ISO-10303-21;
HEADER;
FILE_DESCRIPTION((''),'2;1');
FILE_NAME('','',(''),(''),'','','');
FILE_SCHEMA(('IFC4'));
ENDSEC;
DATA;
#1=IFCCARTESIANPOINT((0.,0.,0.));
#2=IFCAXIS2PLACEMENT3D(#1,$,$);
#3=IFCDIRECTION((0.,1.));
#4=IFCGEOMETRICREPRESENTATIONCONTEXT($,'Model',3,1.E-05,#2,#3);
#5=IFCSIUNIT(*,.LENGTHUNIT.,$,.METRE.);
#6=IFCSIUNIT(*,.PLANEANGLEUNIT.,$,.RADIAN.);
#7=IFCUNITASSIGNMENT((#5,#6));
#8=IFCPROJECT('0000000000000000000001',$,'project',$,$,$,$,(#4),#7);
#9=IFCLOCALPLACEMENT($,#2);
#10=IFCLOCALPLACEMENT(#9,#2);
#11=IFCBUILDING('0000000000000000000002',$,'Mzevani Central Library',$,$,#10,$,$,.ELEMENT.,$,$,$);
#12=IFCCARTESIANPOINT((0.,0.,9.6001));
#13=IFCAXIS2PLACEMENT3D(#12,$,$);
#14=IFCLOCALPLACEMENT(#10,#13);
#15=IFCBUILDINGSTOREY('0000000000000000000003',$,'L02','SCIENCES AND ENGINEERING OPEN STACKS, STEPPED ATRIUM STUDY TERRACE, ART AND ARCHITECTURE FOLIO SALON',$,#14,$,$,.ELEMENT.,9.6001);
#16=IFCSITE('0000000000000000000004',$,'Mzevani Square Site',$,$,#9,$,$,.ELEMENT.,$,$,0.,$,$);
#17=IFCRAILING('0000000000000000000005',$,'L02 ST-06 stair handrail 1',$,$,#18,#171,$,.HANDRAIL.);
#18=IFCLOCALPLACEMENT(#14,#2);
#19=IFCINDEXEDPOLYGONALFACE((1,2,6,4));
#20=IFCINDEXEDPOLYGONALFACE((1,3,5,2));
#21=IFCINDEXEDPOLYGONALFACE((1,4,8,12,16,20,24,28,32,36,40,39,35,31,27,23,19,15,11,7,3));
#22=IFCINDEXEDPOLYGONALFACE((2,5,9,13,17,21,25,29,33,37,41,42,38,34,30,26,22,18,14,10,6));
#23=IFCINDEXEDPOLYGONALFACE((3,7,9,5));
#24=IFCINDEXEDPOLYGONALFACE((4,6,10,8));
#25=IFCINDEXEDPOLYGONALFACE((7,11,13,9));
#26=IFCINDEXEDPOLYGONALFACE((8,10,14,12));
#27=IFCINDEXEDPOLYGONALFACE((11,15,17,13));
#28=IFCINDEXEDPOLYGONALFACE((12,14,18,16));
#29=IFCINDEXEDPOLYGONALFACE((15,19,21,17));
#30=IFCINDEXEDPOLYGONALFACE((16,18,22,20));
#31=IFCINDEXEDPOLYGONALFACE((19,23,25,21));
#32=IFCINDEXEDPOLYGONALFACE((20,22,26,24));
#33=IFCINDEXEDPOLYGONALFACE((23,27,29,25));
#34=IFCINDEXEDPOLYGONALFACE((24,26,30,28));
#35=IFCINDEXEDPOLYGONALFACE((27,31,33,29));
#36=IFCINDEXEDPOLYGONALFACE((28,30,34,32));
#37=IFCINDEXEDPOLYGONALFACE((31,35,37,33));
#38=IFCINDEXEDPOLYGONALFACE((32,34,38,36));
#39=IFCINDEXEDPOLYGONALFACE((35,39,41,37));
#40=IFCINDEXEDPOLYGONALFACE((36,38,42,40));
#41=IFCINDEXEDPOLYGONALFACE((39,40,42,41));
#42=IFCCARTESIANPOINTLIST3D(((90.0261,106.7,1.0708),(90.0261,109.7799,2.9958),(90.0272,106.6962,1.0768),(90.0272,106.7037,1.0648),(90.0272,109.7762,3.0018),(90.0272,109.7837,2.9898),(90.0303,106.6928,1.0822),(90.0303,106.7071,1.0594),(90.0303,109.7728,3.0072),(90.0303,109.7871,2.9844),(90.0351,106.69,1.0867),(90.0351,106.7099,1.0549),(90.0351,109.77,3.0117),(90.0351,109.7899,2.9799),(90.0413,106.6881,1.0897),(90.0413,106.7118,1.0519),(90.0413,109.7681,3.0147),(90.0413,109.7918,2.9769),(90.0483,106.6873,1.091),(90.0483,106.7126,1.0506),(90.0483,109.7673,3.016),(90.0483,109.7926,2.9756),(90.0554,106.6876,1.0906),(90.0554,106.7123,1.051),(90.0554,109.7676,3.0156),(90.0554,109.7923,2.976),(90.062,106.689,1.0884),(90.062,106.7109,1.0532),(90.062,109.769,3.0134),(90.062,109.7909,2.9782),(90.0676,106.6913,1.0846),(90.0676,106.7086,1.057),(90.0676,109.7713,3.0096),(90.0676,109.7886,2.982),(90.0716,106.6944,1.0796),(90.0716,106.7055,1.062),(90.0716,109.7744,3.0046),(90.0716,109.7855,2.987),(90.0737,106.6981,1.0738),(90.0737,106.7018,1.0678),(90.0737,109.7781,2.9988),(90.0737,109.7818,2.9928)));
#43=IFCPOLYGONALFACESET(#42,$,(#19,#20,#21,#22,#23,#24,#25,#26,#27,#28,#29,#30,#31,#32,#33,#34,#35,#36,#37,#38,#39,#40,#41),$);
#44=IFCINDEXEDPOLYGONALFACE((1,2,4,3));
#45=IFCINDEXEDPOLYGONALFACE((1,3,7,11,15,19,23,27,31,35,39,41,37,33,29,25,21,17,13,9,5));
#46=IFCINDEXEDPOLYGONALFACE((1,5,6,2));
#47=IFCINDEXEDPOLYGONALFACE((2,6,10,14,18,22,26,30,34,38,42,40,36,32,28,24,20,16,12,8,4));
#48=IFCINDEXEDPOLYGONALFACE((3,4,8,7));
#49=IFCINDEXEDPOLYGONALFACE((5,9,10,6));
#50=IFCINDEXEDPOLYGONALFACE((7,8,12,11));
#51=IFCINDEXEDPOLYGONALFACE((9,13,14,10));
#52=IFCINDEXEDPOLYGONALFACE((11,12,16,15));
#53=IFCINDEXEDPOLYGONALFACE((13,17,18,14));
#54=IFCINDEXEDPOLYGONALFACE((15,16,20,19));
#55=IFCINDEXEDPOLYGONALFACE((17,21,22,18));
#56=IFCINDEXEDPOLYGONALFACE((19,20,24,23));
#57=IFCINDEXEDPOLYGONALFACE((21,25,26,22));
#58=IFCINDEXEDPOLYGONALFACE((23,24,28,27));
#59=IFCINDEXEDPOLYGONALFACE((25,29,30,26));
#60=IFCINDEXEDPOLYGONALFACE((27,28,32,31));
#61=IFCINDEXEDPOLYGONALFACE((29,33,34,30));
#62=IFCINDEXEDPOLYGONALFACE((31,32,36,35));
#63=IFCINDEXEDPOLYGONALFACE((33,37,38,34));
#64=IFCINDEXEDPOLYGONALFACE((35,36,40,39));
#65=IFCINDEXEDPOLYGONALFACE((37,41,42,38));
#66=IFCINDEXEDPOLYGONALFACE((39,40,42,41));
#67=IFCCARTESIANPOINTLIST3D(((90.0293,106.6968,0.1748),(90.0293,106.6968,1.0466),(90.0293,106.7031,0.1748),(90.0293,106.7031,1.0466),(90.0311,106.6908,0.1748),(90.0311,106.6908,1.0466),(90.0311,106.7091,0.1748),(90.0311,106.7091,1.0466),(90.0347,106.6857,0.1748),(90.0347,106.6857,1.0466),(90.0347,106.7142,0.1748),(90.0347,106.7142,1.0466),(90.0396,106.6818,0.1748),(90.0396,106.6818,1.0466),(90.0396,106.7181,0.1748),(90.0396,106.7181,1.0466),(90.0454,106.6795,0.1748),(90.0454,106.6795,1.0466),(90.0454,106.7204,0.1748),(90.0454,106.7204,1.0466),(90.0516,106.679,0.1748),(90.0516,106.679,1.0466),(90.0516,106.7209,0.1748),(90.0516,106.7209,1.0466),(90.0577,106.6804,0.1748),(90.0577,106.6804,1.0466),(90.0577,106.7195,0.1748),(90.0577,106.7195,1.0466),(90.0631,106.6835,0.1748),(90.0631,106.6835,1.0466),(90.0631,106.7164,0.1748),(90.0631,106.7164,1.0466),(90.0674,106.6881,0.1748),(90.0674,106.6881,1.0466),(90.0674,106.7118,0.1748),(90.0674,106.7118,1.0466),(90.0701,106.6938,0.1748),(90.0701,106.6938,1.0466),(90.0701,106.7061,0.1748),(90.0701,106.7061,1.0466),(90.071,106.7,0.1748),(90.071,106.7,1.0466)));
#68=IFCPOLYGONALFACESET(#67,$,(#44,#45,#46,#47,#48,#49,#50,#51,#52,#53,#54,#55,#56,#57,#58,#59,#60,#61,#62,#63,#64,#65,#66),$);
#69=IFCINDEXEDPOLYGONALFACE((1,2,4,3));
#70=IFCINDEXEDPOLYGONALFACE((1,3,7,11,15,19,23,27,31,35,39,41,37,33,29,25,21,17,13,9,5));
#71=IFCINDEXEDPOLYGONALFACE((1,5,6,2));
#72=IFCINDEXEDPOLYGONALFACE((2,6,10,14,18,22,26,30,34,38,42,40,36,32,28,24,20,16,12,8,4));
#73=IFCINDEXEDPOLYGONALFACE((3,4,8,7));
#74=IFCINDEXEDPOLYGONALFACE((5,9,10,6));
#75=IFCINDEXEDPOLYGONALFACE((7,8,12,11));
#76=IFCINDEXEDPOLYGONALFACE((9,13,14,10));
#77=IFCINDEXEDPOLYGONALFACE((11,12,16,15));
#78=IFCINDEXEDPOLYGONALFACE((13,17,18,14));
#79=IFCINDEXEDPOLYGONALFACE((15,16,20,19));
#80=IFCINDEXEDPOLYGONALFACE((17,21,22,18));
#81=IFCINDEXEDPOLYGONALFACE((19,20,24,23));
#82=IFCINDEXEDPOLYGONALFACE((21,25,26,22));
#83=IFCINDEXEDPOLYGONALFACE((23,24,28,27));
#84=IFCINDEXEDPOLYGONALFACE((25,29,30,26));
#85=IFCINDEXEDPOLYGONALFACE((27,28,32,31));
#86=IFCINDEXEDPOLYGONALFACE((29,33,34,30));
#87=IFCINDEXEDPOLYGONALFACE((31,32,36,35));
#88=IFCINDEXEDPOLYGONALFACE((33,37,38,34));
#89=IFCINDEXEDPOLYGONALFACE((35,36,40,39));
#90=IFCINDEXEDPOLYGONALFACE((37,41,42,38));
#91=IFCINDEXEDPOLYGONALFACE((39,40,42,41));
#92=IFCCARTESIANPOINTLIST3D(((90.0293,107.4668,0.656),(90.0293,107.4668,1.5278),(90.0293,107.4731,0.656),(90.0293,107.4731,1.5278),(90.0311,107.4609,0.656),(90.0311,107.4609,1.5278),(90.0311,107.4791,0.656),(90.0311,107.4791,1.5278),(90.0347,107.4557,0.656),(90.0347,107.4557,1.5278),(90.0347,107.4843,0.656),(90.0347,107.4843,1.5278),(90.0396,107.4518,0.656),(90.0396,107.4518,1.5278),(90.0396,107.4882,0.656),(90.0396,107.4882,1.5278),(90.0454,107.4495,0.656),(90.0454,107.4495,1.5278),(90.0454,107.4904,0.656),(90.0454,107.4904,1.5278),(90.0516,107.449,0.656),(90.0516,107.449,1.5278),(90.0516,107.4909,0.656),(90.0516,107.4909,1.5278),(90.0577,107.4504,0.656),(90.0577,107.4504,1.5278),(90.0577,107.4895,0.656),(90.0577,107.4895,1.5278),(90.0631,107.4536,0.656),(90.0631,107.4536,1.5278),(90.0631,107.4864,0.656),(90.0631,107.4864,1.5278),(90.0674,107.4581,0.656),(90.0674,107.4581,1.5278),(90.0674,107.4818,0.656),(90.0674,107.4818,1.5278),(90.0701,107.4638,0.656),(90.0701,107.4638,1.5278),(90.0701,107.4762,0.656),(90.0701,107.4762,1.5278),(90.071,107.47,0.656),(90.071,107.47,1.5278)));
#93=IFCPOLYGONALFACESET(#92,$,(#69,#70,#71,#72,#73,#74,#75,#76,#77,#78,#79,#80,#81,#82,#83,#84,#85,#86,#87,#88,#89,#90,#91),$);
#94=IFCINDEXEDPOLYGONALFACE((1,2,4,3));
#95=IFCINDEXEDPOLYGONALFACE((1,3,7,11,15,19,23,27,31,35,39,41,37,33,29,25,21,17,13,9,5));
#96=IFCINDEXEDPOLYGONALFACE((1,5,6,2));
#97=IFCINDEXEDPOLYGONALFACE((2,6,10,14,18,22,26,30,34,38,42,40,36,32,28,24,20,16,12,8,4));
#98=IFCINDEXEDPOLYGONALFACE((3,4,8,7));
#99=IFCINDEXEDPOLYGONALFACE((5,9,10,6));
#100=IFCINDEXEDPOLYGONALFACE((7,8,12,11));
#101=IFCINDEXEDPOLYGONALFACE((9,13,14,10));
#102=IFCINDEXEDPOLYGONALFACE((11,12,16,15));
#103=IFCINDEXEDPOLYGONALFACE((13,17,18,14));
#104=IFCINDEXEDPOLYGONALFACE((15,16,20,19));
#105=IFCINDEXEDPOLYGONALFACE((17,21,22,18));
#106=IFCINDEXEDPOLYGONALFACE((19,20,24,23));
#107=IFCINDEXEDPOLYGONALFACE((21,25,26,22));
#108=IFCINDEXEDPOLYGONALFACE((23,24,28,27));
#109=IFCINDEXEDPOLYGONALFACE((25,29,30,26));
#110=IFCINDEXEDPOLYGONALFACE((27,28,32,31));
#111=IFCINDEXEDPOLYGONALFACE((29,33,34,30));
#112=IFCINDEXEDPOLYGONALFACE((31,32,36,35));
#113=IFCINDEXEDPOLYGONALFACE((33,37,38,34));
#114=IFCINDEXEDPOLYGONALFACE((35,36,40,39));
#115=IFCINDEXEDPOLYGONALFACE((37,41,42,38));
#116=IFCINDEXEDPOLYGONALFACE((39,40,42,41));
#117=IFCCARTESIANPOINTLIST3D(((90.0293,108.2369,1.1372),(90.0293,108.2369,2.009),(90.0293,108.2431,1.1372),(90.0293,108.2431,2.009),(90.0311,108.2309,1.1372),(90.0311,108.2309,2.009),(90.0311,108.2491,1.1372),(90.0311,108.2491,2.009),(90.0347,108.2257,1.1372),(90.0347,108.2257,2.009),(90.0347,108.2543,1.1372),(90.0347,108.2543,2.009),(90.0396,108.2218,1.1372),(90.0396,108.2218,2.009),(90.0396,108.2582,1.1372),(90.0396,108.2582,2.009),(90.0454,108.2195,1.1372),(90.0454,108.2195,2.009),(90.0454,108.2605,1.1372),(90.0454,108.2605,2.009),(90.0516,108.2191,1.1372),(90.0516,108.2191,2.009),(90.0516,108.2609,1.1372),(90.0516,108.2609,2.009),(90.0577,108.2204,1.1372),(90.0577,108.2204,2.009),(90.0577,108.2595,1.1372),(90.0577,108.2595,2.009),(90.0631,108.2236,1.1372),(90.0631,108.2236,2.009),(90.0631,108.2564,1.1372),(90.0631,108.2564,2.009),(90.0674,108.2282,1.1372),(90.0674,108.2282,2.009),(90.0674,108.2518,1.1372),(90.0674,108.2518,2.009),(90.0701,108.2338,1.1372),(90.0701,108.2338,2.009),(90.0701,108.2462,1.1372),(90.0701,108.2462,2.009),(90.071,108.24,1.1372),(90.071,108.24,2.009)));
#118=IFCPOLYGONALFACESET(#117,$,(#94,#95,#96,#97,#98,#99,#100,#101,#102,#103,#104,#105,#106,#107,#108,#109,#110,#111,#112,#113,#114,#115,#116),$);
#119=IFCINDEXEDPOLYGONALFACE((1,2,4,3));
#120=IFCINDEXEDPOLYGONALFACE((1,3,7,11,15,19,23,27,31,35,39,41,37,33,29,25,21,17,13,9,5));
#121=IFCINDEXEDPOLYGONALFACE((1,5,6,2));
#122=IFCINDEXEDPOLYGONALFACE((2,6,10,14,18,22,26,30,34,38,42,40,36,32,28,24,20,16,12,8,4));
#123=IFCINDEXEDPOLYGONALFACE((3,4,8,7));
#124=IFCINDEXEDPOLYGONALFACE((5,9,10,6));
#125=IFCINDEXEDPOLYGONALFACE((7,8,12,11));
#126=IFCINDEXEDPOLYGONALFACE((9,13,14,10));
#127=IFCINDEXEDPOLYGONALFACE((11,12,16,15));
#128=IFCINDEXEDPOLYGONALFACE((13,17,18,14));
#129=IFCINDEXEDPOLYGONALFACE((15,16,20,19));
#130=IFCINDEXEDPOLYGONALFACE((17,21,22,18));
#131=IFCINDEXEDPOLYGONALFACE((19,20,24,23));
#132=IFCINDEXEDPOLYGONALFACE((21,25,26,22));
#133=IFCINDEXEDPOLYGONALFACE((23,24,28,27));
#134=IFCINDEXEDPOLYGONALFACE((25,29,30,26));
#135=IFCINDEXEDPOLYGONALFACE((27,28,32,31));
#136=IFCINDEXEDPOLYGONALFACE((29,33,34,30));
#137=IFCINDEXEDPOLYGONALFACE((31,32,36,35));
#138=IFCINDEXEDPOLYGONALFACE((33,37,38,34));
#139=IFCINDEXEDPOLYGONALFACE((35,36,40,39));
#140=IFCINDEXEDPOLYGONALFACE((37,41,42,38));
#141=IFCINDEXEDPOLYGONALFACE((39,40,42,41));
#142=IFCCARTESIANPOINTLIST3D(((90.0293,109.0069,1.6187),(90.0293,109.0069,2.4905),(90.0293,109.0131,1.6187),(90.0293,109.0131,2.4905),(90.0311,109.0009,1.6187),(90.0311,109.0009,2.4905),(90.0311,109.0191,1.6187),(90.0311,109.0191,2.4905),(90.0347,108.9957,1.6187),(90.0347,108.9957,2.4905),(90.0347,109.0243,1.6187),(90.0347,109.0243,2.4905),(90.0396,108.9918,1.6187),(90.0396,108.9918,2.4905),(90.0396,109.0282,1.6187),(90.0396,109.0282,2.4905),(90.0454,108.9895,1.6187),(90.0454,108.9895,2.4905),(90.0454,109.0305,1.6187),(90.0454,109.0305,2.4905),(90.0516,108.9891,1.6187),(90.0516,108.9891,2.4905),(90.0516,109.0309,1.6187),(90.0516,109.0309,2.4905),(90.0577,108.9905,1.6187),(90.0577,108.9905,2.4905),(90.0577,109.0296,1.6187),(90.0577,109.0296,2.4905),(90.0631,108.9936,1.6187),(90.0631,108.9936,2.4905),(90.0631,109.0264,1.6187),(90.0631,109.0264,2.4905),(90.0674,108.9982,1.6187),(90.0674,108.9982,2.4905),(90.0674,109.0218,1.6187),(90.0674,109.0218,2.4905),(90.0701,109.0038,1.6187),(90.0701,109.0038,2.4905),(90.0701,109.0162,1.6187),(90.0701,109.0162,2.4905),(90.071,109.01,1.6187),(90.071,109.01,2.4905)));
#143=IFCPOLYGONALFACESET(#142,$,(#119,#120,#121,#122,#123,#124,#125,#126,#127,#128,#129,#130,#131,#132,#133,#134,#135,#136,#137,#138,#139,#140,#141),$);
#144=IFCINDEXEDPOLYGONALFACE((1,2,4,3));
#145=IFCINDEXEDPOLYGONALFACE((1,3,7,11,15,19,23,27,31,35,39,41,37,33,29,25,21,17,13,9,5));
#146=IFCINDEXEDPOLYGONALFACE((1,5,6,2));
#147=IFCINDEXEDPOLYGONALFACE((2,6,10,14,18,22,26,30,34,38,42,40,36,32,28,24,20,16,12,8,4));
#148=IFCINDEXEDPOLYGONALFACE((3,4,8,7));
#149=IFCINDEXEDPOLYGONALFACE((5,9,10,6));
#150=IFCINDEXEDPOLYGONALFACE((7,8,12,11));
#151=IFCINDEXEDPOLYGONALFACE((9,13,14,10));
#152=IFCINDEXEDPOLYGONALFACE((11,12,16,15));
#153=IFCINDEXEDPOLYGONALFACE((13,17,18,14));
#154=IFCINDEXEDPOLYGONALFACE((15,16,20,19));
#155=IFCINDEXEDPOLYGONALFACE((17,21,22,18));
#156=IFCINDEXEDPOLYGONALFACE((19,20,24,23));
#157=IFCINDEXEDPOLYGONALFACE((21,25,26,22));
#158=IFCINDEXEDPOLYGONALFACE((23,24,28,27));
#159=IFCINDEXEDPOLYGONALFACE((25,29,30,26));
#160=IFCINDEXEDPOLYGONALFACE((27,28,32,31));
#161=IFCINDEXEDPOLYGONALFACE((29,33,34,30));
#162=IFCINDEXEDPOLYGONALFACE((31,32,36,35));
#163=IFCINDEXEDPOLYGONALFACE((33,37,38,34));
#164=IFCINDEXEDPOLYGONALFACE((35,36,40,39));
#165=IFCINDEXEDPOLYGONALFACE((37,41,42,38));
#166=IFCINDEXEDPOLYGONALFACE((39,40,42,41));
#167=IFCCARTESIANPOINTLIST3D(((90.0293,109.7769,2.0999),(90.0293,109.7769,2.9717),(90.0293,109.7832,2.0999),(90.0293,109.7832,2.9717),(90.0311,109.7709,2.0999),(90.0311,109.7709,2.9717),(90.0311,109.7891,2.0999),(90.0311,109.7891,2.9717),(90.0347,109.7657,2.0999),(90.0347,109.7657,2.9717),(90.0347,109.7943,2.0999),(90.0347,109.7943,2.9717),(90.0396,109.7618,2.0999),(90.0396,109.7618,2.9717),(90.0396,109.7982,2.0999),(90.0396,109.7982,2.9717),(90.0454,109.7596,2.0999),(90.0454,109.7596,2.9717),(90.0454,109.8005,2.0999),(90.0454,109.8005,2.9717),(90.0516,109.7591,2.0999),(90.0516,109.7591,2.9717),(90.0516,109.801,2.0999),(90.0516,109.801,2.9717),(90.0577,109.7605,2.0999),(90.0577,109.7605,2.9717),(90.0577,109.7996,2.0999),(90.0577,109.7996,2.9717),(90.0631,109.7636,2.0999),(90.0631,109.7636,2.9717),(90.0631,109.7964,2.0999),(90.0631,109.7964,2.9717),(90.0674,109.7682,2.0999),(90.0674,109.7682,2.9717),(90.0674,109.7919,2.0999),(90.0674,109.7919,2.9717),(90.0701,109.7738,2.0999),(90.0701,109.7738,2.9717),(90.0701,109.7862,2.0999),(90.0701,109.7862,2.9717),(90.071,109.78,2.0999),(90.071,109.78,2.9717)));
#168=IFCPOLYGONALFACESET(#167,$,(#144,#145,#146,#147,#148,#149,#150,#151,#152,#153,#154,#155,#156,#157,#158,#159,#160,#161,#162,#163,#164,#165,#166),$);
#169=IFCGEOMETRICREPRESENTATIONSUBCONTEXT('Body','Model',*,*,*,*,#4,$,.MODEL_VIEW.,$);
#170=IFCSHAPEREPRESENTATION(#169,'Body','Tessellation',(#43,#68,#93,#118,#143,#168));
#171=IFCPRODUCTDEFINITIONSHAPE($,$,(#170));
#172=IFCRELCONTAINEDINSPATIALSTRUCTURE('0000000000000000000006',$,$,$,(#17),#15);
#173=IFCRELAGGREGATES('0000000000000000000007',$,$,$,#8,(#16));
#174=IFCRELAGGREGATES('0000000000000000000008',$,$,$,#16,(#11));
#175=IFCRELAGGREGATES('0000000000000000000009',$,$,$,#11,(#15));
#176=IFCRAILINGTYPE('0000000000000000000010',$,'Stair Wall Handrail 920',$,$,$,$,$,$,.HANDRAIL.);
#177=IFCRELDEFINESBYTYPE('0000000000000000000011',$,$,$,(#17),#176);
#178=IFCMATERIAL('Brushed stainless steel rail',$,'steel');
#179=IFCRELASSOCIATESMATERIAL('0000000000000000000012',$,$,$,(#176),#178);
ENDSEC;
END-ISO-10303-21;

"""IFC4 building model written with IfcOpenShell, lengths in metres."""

from ifc_helpers import new_model, si_unit, direction, frame, origin, origin_2d, place, context, subcontext, project, spatial, circle, extrude, material, type_object, element, save


model = new_model("IFC4")

# Units and contexts
model_context = context("Model", 3, precision=1e-05, world=origin(), true_north=direction((0.0, 1.0)))
body_context = subcontext(model_context, "Body", "Model", "MODEL_VIEW")
ifc_project = project(units=[si_unit("LENGTHUNIT", "METRE"), si_unit("PLANEANGLEUNIT", "RADIAN")], contexts=[model_context])

# Site, building, storey
site_placement = place(None, origin())
site = spatial("IfcSite", under=ifc_project, at=site_placement, Name="Mzevani Square Site", CompositionType="ELEMENT", RefElevation=0.0)
building_placement = place(site_placement, origin())
building = spatial("IfcBuilding", under=site, at=building_placement, Name="Mzevani Central Library", CompositionType="ELEMENT")
storey_placement = place(building_placement, frame((0.0, 0.0, 9.6001)))
storey = spatial("IfcBuildingStorey", under=building, at=storey_placement, Name="L02", Description="SCIENCES AND ENGINEERING OPEN STACKS, STEPPED ATRIUM STUDY TERRACE, ART AND ARCHITECTURE FOLIO SALON", CompositionType="ELEMENT", Elevation=9.6001)

# Shared definitions
ifc_material_1 = material(Name="Brushed stainless steel rail", Category="steel")

# Railing
railing_type_1 = type_object("IfcRailingType", Name="Stair Wall Handrail 920", PredefinedType="HANDRAIL", material=ifc_material_1)
railing_1_placement = place(storey_placement, frame((90.05, 106.7, 0.1748)))
element("IfcRailing", 1, at=railing_1_placement, inside=storey, type_object=railing_type_1, Name="L02 ST-06 stair handrail 1", PredefinedType="HANDRAIL", context=body_context, shape_type="SweptSolid", body=[
    extrude(circle(Radius=0.0239, at=origin_2d()), frame((0.0, 0.0, 0.896), z_axis=(0.0, 0.847998, 0.529999), x_axis=(-1.0, 0.0, 0.0)), (0.0, 0.0, 1.0), 3.6321),
    extrude(circle(Radius=0.021, at=origin_2d()), origin(), (0.0, 0.0, 1.0), 0.8718),
    extrude(circle(Radius=0.021, at=origin_2d()), frame((0.0, 0.77, 0.4812)), (0.0, 0.0, 1.0), 0.8718),
    extrude(circle(Radius=0.021, at=origin_2d()), frame((0.0, 1.54, 0.9624)), (0.0, 0.0, 1.0), 0.8718),
    extrude(circle(Radius=0.021, at=origin_2d()), frame((0.0, 2.3101, 1.4438)), (0.0, 0.0, 1.0), 0.8718),
    extrude(circle(Radius=0.021, at=origin_2d()), frame((0.0, 3.0801, 1.925)), (0.0, 0.0, 1.0), 0.8718),
])

save(model, "model.ifc")
